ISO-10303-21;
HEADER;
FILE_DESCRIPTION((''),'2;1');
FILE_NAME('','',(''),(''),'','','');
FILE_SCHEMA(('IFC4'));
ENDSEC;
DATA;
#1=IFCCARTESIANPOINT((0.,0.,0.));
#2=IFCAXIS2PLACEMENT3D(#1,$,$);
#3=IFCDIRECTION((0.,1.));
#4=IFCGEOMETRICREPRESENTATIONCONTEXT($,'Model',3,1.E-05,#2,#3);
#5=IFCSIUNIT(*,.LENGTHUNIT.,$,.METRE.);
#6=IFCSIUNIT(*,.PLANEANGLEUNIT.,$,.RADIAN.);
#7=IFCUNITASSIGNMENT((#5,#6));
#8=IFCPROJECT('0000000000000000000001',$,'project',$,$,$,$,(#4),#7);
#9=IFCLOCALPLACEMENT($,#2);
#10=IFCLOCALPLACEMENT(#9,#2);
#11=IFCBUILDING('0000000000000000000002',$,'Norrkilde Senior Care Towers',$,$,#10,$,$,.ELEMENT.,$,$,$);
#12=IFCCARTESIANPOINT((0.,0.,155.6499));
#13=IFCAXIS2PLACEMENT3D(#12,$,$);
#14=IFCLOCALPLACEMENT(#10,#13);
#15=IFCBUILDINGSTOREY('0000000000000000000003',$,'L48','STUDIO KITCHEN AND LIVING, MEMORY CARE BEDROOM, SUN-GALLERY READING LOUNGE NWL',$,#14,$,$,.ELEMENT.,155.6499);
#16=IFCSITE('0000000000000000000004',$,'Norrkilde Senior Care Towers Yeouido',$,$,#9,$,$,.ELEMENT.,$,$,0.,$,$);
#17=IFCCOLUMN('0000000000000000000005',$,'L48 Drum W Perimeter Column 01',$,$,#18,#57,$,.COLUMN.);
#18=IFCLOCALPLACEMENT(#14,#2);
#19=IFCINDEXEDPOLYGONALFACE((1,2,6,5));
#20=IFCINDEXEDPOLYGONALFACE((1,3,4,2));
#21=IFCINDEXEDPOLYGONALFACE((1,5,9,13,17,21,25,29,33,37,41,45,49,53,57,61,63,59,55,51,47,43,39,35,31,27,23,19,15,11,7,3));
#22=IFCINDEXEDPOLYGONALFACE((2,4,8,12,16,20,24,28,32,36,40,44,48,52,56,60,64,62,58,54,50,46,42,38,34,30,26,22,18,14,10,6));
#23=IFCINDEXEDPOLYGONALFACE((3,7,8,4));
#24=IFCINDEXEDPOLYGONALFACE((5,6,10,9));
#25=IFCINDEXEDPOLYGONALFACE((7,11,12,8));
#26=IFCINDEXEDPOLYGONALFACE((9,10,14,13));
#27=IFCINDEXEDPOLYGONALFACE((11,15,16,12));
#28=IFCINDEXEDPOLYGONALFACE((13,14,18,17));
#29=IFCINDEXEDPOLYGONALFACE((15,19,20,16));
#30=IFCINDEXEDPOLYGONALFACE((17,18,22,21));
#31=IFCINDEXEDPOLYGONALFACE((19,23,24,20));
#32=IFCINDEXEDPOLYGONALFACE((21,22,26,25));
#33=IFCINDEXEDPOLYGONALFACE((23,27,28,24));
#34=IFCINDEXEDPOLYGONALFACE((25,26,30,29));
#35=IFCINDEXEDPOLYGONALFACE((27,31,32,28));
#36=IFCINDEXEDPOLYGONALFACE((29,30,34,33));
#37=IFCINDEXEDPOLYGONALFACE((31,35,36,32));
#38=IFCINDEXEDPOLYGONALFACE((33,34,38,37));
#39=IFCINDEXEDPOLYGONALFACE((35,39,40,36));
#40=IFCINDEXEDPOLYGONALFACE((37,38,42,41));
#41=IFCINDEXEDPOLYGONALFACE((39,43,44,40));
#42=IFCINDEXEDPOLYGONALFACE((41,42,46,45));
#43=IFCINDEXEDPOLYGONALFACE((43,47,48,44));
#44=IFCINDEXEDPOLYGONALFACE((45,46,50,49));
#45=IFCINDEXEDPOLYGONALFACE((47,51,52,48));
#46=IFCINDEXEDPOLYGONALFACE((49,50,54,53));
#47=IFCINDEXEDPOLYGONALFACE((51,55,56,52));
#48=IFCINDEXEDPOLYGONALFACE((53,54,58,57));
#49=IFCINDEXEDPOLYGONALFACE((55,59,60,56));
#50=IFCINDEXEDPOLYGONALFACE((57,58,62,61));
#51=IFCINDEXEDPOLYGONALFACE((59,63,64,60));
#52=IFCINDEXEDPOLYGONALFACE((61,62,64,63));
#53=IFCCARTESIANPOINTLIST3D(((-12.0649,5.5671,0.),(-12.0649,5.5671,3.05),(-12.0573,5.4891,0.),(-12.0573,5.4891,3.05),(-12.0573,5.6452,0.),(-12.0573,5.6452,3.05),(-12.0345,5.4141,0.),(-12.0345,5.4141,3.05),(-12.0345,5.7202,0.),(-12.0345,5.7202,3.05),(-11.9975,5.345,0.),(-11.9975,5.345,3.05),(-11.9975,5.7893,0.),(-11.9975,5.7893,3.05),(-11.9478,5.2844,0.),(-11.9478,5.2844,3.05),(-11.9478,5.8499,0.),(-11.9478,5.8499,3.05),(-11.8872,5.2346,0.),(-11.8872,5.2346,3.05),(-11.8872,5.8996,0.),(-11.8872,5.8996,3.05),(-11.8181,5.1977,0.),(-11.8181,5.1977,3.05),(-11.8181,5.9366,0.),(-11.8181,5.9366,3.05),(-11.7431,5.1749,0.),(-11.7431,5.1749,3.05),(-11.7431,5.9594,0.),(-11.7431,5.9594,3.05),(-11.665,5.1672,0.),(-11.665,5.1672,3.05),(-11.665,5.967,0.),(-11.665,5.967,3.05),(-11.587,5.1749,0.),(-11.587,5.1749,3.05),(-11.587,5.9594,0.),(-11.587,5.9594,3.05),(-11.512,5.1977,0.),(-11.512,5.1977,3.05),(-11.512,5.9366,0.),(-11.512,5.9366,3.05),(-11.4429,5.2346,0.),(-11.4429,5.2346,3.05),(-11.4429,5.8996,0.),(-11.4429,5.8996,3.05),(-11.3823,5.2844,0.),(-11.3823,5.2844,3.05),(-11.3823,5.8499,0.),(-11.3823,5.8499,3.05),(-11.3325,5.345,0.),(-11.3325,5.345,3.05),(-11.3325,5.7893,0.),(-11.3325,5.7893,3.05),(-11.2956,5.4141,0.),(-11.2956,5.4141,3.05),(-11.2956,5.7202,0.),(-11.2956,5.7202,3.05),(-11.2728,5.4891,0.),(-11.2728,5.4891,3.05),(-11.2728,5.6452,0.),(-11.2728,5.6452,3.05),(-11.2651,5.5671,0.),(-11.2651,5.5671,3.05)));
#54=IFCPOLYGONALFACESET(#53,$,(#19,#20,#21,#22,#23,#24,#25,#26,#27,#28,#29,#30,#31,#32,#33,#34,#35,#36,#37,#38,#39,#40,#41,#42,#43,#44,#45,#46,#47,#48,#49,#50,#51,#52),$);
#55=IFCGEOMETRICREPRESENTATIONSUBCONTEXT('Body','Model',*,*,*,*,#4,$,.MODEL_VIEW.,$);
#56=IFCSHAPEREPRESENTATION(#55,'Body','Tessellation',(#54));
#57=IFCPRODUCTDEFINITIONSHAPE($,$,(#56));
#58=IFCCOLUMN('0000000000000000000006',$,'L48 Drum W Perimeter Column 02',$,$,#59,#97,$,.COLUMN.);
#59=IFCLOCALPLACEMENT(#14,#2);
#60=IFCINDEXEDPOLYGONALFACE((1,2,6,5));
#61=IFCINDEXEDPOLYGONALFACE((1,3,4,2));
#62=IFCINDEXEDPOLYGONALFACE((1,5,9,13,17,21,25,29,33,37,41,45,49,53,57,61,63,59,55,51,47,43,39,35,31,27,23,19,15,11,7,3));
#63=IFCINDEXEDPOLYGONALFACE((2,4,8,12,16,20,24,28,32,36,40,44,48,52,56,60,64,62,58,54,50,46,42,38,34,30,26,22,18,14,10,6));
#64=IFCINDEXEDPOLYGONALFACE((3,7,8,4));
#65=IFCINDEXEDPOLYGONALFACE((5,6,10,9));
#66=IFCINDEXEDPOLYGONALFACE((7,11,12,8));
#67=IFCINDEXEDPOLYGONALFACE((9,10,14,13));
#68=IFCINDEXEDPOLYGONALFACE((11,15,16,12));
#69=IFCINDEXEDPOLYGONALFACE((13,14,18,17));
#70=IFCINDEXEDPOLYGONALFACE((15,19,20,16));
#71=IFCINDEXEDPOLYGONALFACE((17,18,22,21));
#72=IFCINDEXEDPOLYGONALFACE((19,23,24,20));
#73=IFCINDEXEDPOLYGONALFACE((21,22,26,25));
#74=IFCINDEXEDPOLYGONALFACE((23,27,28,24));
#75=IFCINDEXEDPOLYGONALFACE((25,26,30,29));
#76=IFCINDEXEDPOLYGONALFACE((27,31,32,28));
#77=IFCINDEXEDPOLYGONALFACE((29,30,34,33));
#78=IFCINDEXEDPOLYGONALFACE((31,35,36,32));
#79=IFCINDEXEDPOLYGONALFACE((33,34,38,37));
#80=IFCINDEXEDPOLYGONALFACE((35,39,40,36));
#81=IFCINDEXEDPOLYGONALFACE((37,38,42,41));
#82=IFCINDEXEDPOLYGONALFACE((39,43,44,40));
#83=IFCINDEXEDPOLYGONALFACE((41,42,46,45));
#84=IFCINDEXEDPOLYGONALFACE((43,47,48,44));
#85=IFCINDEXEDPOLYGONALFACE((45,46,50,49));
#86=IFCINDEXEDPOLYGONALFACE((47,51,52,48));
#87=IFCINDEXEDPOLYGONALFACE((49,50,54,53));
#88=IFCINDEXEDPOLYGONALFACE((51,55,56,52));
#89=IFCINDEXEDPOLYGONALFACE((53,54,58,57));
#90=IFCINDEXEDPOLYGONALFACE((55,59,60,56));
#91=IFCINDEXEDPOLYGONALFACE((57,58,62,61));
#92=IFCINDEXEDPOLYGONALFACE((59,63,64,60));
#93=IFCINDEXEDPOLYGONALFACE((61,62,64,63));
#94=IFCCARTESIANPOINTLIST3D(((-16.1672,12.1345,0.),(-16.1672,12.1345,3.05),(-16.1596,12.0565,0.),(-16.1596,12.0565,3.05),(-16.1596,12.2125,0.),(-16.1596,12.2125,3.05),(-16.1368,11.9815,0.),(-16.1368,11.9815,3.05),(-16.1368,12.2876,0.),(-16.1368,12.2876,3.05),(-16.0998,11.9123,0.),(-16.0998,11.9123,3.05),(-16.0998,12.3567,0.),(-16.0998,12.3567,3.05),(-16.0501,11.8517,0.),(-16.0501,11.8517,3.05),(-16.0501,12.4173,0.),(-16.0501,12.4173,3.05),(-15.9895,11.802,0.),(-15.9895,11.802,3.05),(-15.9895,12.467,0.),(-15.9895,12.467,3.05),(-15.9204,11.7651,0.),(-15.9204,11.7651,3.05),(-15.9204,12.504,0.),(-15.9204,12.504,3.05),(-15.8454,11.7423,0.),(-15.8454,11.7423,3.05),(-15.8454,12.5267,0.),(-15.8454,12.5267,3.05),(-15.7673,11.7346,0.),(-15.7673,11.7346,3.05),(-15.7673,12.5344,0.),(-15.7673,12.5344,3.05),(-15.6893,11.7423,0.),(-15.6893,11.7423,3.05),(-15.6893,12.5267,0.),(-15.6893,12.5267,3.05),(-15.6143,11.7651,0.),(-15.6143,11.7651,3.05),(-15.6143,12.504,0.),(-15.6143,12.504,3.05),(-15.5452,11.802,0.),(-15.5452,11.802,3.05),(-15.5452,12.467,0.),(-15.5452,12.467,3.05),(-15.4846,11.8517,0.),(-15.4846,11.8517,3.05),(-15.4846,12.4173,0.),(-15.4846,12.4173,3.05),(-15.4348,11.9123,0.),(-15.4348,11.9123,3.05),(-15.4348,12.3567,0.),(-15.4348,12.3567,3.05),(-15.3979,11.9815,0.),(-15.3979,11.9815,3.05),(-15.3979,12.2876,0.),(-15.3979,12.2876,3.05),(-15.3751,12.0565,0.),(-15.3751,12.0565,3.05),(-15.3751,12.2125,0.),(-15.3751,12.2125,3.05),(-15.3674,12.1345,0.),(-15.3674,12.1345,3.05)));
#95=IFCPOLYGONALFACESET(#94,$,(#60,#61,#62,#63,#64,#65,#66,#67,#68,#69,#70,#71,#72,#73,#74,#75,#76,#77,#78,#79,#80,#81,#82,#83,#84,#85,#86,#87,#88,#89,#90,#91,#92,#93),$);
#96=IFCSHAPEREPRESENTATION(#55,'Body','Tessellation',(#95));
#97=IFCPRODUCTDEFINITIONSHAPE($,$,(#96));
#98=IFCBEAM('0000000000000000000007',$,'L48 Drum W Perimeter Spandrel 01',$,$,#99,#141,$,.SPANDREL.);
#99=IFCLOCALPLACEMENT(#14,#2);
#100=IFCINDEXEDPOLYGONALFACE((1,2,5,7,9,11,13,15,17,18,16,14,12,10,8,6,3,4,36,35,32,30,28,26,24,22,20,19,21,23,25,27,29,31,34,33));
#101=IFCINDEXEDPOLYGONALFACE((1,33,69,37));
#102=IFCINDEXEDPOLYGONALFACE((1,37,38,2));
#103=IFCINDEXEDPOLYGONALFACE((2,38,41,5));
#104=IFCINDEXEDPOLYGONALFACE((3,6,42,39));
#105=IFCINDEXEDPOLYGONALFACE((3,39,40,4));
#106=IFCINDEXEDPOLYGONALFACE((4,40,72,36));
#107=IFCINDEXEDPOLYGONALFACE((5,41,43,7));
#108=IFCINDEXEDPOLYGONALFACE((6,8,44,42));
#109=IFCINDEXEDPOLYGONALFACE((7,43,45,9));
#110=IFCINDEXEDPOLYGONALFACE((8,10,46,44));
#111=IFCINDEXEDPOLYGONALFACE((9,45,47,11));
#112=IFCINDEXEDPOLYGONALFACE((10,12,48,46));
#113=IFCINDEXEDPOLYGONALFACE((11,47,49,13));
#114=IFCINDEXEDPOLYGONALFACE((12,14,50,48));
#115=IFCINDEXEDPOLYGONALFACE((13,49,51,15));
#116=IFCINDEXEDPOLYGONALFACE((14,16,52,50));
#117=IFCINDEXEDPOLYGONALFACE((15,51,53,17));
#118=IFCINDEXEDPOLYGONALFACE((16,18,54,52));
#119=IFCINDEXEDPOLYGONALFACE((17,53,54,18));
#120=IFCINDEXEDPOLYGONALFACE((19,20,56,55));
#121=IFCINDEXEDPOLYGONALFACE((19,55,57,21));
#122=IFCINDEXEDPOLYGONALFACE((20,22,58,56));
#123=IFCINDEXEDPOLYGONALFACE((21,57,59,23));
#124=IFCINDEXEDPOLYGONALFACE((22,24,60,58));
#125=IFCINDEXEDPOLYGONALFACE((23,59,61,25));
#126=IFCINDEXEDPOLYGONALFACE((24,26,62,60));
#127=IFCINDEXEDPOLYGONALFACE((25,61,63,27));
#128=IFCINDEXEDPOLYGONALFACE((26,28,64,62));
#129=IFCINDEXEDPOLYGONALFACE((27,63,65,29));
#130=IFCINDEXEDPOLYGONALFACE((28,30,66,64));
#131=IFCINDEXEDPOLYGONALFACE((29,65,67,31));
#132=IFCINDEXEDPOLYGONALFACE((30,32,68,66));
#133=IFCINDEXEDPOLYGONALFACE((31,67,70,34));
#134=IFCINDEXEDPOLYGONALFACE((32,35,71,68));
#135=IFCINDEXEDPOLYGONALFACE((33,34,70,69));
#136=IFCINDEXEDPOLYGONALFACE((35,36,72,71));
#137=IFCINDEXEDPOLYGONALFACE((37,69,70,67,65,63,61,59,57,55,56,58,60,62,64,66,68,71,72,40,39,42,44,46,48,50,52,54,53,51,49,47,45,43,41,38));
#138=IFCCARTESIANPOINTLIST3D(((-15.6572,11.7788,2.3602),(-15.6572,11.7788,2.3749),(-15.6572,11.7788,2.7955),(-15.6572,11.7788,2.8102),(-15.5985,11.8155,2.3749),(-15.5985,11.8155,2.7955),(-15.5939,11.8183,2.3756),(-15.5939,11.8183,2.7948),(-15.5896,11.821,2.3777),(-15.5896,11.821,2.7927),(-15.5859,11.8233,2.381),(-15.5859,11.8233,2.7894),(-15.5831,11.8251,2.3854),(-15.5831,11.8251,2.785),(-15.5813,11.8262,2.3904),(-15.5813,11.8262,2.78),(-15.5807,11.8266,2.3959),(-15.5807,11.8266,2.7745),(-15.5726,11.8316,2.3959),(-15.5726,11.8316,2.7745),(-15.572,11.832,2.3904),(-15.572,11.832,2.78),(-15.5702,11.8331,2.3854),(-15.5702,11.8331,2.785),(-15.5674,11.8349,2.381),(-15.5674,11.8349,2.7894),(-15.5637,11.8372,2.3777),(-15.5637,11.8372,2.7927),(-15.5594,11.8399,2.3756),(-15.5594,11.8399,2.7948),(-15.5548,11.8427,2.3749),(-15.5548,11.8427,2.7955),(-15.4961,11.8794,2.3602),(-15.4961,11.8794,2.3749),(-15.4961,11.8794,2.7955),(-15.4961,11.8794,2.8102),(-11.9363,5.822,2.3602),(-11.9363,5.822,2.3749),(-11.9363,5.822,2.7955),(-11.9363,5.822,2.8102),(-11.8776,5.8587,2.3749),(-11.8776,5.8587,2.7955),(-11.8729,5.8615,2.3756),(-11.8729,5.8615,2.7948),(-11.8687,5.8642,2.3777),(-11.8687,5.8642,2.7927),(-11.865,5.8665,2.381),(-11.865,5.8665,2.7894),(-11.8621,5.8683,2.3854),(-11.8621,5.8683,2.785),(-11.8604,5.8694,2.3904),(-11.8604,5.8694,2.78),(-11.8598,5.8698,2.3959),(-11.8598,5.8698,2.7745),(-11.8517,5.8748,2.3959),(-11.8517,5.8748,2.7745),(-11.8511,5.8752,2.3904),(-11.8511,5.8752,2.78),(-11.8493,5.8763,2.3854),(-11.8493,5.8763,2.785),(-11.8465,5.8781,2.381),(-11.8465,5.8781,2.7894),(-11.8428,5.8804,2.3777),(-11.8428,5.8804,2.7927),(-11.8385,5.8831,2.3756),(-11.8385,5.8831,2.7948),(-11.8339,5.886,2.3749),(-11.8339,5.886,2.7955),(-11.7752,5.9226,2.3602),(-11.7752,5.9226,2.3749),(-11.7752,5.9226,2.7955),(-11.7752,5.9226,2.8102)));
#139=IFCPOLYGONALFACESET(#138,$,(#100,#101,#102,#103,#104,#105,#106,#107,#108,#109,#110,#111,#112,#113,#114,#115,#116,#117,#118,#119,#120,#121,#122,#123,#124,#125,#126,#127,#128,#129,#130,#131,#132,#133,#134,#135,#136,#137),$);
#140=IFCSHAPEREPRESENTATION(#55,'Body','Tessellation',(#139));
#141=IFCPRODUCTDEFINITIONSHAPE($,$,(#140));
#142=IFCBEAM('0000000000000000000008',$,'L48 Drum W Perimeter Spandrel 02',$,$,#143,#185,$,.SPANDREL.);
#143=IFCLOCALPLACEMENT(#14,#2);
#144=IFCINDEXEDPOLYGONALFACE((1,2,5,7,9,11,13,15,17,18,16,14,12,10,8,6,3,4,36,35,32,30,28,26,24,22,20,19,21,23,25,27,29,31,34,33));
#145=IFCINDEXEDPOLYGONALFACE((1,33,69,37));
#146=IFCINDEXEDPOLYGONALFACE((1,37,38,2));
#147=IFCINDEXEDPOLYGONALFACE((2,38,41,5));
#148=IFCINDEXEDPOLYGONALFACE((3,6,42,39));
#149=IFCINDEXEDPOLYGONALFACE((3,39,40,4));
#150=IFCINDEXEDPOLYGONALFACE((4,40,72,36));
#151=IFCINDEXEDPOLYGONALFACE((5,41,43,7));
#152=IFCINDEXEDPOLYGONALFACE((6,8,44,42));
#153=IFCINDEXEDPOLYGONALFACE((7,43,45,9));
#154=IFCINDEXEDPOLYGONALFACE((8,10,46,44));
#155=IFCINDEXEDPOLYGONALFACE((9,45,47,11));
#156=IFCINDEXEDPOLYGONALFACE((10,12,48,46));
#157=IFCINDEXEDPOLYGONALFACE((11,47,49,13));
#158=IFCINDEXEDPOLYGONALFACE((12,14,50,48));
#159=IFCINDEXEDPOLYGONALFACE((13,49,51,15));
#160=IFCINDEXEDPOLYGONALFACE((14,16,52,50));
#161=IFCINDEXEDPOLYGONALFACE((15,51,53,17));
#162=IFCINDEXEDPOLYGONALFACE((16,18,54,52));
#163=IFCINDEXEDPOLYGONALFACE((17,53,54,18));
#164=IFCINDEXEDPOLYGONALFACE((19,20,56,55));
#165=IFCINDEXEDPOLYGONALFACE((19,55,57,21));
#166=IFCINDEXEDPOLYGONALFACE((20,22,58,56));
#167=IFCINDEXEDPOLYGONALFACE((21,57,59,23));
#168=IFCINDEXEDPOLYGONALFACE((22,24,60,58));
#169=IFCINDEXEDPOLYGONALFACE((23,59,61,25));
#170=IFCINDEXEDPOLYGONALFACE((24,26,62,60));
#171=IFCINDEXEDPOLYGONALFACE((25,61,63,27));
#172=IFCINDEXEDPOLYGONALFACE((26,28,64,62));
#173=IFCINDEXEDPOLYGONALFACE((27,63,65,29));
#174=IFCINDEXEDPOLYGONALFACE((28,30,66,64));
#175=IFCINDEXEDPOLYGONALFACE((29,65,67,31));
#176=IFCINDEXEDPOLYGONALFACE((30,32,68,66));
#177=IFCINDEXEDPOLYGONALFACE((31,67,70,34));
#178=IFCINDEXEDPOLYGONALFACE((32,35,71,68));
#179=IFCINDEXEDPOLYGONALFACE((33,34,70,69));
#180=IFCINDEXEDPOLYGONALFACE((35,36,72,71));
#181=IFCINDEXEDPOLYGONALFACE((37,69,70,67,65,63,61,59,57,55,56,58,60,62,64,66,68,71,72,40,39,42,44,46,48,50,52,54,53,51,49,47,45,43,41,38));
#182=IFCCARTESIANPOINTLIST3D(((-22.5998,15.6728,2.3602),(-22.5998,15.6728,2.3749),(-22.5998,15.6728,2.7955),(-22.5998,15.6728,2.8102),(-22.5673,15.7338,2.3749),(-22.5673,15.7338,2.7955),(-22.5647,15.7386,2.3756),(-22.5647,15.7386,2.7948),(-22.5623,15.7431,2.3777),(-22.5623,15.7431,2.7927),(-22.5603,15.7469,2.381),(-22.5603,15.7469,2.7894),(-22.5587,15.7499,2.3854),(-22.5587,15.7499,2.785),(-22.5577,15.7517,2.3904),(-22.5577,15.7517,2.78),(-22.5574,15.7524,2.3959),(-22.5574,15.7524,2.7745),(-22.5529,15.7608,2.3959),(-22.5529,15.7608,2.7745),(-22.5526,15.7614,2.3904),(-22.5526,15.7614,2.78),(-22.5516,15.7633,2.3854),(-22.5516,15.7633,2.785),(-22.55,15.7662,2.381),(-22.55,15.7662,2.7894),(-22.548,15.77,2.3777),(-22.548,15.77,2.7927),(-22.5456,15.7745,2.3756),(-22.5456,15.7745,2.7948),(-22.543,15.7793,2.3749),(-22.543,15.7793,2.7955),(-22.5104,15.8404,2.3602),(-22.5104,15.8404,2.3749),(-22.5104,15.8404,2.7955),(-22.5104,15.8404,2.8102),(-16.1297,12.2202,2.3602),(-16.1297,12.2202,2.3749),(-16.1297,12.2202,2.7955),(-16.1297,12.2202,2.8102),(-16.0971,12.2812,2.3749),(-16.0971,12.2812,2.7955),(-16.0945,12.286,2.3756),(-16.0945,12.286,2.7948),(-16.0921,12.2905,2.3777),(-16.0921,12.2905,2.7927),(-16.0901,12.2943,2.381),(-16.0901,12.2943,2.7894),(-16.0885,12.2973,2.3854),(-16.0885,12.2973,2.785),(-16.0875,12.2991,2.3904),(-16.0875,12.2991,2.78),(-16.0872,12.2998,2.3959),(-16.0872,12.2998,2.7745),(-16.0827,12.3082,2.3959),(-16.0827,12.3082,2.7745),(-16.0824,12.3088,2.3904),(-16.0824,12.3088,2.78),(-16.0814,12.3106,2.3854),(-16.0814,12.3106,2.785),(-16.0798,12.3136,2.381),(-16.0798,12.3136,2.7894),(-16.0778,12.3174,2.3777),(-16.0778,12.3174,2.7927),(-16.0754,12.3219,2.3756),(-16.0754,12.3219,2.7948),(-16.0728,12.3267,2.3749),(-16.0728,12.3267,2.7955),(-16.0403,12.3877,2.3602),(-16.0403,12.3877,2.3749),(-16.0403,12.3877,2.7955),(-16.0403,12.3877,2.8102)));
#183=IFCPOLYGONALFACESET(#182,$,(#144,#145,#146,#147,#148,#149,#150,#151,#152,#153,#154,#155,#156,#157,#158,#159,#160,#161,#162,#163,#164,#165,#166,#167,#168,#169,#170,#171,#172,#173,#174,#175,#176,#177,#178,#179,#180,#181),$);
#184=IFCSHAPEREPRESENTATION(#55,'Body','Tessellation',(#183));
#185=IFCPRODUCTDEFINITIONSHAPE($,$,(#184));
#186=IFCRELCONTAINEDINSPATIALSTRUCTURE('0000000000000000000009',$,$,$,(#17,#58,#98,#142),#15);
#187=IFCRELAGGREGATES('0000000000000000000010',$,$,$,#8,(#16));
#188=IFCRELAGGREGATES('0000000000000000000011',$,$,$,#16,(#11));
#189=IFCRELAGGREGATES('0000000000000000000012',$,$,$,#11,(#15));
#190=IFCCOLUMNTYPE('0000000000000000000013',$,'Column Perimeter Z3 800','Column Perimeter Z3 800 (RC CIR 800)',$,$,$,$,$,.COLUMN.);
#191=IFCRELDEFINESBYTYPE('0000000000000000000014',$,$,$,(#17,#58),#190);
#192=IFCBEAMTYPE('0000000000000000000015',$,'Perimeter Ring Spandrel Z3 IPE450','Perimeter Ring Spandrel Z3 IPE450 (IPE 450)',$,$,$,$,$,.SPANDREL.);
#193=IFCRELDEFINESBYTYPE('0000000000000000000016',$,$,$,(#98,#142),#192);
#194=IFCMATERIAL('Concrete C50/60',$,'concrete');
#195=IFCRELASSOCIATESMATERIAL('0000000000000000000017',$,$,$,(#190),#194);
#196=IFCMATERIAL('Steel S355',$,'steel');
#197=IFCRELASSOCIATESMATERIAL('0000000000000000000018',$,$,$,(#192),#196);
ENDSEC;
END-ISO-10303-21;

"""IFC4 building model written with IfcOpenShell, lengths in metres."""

from ifc_helpers import new_model, si_unit, direction, frame, origin, origin_2d, place, context, subcontext, project, spatial, circle, i_section, extrude, source, transform, mapped, material, material_profile, profile_set, type_object, type_shapes, element, save


model = new_model("IFC4")

# Units and contexts
model_context = context("Model", 3, precision=1e-05, world=origin(), true_north=direction((0.0, 1.0)))
body_context = subcontext(model_context, "Body", "Model", "MODEL_VIEW")
ifc_project = project(units=[si_unit("LENGTHUNIT", "METRE"), si_unit("PLANEANGLEUNIT", "RADIAN")], contexts=[model_context])

# Site, building, storey
site_placement = place(None, origin())
site = spatial("IfcSite", under=ifc_project, at=site_placement, Name="Norrkilde Senior Care Towers Yeouido", CompositionType="ELEMENT", RefElevation=0.0)
building_placement = place(site_placement, origin())
building = spatial("IfcBuilding", under=site, at=building_placement, Name="Norrkilde Senior Care Towers", CompositionType="ELEMENT")
storey_placement = place(building_placement, frame((0.0, 0.0, 155.6499)))
storey = spatial("IfcBuildingStorey", under=building, at=storey_placement, Name="L48", Description="STUDIO KITCHEN AND LIVING, MEMORY CARE BEDROOM, SUN-GALLERY READING LOUNGE NWL", CompositionType="ELEMENT", Elevation=155.6499)

# Columns
ifc_material_1 = material(Name="Concrete C50/60", Category="concrete")
ifc_material_profile_1 = material_profile(ifc_material_1, circle(Radius=0.3999, at=origin_2d()), Name="RC CIR 800")
ifc_profile_set_1 = profile_set([ifc_material_profile_1], Name="Concrete C50/60")
column_type = type_object("IfcColumnType", Name="Column Perimeter Z3 800", Description="Column Perimeter Z3 800 (RC CIR 800)", PredefinedType="COLUMN", material=ifc_profile_set_1)
shared_shape_1 = source(origin(), body_context, "Body", "SweptSolid", [
    extrude(circle(Radius=0.3999, at=origin_2d()), origin(), (0.0, 0.0, 1.0), 3.05),
])
type_shapes(column_type, [shared_shape_1])
for number, where, z_axis, x_axis, name in (
    (1, (-11.665, 5.5671, 0.0), (0.0, 0.0, 1.0), (1.0, 0.0, 0.0), "L48 Drum W Perimeter Column 01"),
    (2, (-15.7673, 12.1345, 0.0), (0.0, 0.0, 1.0), (1.0, 0.0, 0.0), "L48 Drum W Perimeter Column 02"),
):
    element("IfcColumn", number, at=place(storey_placement, frame(where, z_axis=z_axis, x_axis=x_axis)), inside=storey, type_object=column_type, Name=name, PredefinedType="COLUMN", context=body_context, shape_type="MappedRepresentation", body=[
        mapped(shared_shape_1, transform((0.0, 0.0, 0.0), x_axis=(1.0, 0.0, 0.0), y_axis=(0.0, 1.0, 0.0), z_axis=(0.0, 0.0, 1.0), scale=1.0)),
    ])

# Beams
ifc_material_2 = material(Name="Steel S355", Category="steel")
ifc_material_profile_2 = material_profile(ifc_material_2, i_section(OverallWidth=0.1899, OverallDepth=0.45, WebThickness=0.0095, FlangeThickness=0.0146, FilletRadius=0.021, at=origin_2d()), Name="IPE 450")
ifc_profile_set_2 = profile_set([ifc_material_profile_2], Name="Steel S355")
beam_type_1 = type_object("IfcBeamType", Name="Perimeter Ring Spandrel Z3 IPE450", Description="Perimeter Ring Spandrel Z3 IPE450 (IPE 450)", PredefinedType="SPANDREL", material=ifc_profile_set_2)
shared_shape_2 = source(origin(), body_context, "Body", "SweptSolid", [
    extrude(i_section(OverallWidth=0.1899, OverallDepth=0.45, WebThickness=0.0095, FlangeThickness=0.0146, FilletRadius=0.021, at=origin_2d()), origin(), (0.0, 0.0, 1.0), 7.0234),
])
beam_1_placement = place(storey_placement, frame((-11.8557, 5.8723, 2.5852), z_axis=(-0.52979, 0.848129, 0.0), x_axis=(-0.848129, -0.52979, 0.0)))
element("IfcBeam", 3, at=beam_1_placement, inside=storey, type_object=beam_type_1, Name="L48 Drum W Perimeter Spandrel 01", PredefinedType="SPANDREL", context=body_context, shape_type="MappedRepresentation", body=[
    mapped(shared_shape_2, transform((0.0, 0.0, 0.0), x_axis=(1.0, 0.0, 0.0), y_axis=(0.0, 1.0, 0.0), z_axis=(0.0, 0.0, 1.0), scale=1.0)),
])
shared_shape_3 = source(origin(), body_context, "Body", "SweptSolid", [
    extrude(i_section(OverallWidth=0.1899, OverallDepth=0.45, WebThickness=0.0095, FlangeThickness=0.0146, FilletRadius=0.021, at=origin_2d()), origin(), (0.0, 0.0, 1.0), 7.3337),
])
type_shapes(beam_type_1, [shared_shape_2, shared_shape_3])
beam_2_placement = place(storey_placement, frame((-16.085, 12.304, 2.5852), z_axis=(-0.882248, 0.470785, 0.0), x_axis=(-0.470785, -0.882248, 0.0)))
element("IfcBeam", 4, at=beam_2_placement, inside=storey, type_object=beam_type_1, Name="L48 Drum W Perimeter Spandrel 02", PredefinedType="SPANDREL", context=body_context, shape_type="MappedRepresentation", body=[
    mapped(shared_shape_3, transform((0.0, 0.0, 0.0), x_axis=(1.0, 0.0, 0.0), y_axis=(0.0, 1.0, 0.0), z_axis=(0.0, 0.0, 1.0), scale=1.0)),
])

save(model, "model.ifc")
